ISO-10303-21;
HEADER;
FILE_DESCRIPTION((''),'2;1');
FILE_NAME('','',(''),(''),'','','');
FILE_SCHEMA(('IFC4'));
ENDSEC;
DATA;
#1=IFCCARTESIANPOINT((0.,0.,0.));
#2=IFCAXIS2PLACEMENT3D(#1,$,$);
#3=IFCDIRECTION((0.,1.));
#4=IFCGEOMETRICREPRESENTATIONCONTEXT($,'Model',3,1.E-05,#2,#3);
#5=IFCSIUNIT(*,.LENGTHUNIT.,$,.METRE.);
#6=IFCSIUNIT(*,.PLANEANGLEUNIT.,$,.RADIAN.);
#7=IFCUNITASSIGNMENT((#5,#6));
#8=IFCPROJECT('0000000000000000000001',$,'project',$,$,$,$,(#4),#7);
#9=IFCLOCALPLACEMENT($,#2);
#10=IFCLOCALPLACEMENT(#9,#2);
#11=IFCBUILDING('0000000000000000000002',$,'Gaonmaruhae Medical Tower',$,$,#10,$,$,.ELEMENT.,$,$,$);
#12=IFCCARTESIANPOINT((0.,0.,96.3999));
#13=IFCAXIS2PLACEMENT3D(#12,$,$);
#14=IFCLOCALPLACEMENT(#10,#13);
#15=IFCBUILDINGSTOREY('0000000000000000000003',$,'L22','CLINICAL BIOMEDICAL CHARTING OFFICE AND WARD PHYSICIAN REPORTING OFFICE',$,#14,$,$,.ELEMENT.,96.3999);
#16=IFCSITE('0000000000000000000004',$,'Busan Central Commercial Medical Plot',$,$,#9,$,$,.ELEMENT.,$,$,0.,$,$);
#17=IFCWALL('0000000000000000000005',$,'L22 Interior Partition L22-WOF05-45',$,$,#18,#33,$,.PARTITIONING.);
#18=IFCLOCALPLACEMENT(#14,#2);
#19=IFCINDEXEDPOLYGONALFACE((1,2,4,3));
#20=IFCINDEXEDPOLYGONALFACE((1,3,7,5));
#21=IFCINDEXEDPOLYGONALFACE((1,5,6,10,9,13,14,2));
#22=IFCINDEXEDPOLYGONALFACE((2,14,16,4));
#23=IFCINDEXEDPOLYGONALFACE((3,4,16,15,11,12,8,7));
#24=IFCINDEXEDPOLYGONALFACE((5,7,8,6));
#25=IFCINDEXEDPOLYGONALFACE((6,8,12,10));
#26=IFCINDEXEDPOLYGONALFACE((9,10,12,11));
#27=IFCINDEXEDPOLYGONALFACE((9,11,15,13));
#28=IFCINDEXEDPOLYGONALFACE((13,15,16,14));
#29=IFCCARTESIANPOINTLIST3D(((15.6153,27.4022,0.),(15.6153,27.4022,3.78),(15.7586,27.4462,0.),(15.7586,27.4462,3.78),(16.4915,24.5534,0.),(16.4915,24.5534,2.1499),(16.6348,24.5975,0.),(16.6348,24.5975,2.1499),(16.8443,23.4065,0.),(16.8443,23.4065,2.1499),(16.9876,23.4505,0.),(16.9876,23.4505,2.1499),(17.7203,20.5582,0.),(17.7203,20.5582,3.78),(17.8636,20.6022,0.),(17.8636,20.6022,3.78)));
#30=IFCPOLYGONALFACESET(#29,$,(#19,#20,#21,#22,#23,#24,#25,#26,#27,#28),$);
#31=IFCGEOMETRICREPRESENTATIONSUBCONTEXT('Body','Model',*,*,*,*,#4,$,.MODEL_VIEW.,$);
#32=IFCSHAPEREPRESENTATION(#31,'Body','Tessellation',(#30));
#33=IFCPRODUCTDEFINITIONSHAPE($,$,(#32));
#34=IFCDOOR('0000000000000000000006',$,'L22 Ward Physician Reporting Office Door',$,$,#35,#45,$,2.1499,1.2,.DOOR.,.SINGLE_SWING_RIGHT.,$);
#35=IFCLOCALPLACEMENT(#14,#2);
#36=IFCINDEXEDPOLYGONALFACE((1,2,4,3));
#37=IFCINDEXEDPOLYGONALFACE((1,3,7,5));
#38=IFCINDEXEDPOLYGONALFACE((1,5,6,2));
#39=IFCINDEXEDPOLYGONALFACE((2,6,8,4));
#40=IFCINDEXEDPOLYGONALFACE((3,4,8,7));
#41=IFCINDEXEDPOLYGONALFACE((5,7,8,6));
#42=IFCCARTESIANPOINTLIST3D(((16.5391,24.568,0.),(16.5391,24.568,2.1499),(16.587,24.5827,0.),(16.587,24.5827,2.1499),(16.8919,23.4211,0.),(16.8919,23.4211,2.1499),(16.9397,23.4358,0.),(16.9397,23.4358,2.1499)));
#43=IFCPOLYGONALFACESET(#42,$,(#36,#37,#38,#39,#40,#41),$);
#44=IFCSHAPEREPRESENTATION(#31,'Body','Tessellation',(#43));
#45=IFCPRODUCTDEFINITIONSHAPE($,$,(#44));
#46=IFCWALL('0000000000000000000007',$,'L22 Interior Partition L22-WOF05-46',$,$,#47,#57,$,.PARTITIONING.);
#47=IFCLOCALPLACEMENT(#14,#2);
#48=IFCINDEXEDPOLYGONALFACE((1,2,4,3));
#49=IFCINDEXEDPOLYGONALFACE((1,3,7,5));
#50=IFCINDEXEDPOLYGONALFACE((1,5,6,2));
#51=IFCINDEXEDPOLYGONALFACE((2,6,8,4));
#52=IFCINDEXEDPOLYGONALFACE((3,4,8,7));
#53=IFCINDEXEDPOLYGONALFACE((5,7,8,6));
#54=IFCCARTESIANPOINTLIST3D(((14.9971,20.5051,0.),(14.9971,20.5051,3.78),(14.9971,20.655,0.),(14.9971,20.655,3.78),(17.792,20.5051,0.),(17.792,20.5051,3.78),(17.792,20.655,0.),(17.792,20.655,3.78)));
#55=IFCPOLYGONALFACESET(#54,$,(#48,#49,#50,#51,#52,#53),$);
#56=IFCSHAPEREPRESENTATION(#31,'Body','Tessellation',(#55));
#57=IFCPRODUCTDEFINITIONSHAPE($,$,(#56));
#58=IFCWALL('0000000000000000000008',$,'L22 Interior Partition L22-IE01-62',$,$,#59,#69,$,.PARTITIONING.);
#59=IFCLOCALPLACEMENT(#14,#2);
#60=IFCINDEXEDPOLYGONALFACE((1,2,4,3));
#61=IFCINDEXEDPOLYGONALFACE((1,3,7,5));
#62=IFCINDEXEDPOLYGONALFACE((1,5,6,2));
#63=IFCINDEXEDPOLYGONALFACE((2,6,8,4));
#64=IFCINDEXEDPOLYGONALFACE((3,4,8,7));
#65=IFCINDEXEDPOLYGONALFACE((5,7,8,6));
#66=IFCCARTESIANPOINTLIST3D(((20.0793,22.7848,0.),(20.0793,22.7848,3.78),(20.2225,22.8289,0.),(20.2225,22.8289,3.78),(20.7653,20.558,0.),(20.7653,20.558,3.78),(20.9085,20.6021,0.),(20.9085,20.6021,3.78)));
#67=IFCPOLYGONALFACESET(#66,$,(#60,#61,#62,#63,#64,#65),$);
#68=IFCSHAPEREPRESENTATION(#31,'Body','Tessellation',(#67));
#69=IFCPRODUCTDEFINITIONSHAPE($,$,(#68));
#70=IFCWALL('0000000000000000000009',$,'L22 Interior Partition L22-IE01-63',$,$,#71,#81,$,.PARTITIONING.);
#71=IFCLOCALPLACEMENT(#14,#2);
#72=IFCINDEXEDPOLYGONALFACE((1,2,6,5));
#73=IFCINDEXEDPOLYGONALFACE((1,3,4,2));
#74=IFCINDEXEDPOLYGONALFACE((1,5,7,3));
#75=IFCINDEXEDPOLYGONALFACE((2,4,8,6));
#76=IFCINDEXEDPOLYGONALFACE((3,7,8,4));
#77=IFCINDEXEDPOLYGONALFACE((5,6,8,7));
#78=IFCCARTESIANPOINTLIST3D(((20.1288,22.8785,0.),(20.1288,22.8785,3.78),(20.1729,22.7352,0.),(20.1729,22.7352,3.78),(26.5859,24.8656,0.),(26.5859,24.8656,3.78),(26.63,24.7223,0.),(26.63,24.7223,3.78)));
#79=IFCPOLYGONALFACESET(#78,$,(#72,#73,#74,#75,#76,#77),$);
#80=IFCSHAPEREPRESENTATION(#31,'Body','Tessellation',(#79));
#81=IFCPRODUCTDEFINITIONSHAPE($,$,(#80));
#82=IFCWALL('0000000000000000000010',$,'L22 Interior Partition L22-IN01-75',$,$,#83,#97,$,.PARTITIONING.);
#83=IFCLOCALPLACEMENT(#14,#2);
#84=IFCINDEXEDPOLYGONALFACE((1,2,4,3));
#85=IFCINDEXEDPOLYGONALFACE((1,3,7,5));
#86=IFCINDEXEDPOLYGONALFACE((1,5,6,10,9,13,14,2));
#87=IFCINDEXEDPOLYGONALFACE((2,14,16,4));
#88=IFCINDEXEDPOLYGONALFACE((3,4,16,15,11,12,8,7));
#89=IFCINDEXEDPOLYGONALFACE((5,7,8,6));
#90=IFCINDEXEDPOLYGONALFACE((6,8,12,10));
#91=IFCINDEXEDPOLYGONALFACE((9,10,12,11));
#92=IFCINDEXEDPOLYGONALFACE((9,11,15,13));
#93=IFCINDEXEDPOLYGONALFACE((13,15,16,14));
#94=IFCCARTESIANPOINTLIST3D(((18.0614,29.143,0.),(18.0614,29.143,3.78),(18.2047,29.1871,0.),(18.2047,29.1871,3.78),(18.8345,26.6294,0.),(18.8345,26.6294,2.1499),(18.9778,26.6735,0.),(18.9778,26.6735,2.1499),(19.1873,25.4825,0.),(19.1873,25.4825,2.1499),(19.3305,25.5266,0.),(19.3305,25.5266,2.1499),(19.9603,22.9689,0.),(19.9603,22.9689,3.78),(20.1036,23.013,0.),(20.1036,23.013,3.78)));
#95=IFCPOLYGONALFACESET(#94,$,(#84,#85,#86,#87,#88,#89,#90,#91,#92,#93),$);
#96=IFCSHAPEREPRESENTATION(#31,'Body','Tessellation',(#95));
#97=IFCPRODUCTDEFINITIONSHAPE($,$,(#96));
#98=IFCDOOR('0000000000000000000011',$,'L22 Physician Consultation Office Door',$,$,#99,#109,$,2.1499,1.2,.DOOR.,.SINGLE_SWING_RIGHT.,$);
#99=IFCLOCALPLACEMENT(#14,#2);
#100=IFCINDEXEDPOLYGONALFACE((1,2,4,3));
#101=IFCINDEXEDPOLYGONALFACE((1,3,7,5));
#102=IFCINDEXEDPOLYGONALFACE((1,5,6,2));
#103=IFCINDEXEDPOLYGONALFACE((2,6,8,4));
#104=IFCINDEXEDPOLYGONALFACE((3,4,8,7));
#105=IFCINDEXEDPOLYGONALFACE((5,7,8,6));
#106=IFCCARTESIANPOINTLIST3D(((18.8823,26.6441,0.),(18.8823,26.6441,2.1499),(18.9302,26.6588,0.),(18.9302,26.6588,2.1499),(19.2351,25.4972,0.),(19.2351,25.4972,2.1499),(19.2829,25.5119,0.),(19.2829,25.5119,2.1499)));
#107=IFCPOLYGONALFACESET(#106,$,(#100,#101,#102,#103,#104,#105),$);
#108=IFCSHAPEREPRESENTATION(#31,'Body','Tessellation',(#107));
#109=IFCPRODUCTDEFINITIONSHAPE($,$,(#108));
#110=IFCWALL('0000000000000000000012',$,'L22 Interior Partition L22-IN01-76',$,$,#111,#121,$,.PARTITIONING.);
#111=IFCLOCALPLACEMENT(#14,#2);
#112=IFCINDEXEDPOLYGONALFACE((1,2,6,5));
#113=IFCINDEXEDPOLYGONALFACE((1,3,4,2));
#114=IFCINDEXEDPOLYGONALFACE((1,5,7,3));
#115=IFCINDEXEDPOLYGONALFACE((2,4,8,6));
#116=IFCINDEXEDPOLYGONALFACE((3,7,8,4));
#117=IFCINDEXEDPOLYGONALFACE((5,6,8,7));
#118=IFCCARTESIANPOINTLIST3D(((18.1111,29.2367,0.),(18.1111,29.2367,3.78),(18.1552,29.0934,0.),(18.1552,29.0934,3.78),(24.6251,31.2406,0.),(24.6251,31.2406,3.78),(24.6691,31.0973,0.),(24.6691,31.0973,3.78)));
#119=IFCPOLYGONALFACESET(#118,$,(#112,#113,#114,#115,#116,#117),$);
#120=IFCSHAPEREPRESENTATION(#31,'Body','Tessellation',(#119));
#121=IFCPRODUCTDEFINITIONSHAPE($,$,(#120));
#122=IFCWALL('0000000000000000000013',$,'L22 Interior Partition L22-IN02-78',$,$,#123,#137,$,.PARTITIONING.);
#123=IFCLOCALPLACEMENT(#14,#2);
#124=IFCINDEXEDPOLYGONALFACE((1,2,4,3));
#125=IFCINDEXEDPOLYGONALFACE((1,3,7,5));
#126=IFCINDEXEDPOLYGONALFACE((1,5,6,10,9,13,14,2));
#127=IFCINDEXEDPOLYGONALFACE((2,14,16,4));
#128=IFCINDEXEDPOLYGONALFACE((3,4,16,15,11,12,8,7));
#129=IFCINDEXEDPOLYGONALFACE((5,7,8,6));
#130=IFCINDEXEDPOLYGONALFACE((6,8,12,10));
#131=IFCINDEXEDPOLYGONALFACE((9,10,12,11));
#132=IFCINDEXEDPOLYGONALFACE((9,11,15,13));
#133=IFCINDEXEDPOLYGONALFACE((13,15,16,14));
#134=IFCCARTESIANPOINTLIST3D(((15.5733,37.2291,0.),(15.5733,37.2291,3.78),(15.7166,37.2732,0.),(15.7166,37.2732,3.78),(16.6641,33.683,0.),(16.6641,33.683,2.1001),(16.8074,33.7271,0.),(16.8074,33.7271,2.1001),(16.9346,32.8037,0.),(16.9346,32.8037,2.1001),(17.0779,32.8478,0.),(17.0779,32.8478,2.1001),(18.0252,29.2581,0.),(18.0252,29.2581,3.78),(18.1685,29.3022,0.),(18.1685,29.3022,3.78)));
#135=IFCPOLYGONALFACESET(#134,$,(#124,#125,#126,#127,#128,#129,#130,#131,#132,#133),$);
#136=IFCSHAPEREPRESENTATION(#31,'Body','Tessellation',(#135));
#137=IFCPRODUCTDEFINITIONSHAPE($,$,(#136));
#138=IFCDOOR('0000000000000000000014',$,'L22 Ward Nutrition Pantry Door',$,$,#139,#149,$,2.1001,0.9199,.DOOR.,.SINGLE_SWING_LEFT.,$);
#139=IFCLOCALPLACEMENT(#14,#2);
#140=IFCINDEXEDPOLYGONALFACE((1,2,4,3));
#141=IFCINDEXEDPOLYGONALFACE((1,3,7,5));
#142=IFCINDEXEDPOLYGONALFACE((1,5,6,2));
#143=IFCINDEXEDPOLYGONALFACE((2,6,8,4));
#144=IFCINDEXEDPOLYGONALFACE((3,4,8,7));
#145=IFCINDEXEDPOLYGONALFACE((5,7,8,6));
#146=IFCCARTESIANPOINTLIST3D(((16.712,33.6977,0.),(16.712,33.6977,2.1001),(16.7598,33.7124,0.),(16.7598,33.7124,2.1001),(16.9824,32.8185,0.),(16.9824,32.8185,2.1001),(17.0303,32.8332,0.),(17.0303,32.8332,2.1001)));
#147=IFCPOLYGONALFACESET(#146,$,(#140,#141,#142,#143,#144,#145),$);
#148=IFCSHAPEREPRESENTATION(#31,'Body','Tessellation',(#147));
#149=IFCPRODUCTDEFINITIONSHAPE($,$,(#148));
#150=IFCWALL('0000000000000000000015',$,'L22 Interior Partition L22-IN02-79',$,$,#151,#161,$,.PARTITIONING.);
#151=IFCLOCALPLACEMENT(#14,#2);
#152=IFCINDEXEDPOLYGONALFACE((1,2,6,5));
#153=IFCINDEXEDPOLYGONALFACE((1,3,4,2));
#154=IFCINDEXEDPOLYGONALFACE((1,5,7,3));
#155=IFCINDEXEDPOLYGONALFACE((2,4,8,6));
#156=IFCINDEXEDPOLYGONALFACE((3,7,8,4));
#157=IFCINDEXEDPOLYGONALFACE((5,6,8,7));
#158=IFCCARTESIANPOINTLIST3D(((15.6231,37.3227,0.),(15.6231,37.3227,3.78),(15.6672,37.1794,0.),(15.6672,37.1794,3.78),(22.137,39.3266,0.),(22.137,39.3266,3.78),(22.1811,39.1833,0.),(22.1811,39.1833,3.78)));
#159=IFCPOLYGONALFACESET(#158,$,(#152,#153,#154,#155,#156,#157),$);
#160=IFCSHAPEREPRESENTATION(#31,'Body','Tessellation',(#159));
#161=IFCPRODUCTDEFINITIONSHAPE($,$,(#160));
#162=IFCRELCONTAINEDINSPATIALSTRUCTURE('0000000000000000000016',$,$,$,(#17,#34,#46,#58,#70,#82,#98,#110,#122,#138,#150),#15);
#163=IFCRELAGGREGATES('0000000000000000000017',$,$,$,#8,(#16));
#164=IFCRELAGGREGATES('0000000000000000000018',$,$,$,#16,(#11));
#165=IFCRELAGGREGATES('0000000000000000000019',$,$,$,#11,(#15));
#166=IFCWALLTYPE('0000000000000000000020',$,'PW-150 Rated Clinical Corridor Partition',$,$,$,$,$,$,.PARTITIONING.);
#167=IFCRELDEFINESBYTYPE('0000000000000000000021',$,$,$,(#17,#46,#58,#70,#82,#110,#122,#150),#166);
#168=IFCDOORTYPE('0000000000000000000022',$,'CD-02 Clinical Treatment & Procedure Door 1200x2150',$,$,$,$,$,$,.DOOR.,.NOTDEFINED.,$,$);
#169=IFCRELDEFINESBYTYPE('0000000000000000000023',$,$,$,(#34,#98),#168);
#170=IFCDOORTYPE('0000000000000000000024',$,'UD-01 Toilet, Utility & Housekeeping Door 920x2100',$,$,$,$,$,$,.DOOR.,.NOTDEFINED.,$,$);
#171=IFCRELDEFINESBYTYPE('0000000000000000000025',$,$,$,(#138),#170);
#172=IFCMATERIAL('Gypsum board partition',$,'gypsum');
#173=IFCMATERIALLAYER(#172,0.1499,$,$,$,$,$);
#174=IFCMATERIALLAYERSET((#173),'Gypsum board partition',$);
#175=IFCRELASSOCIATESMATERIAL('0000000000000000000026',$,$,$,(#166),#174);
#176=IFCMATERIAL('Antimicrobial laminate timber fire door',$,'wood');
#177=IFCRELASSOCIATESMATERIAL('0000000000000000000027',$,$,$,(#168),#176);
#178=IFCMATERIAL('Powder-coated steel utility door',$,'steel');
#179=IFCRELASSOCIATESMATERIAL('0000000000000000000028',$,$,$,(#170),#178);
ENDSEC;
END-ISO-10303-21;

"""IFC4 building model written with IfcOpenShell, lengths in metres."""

from ifc_helpers import new_model, si_unit, direction, frame, frame_2d, origin, place, context, subcontext, project, spatial, rectangle, extrude, material, layer, layer_set, type_object, element, fill, save


model = new_model("IFC4")

# Units and contexts
model_context = context("Model", 3, precision=1e-05, world=origin(), true_north=direction((0.0, 1.0)))
body_context = subcontext(model_context, "Body", "Model", "MODEL_VIEW")
ifc_project = project(units=[si_unit("LENGTHUNIT", "METRE"), si_unit("PLANEANGLEUNIT", "RADIAN")], contexts=[model_context])

# Site, building, storey
site_placement = place(None, origin())
site = spatial("IfcSite", under=ifc_project, at=site_placement, Name="Busan Central Commercial Medical Plot", CompositionType="ELEMENT", RefElevation=0.0)
building_placement = place(site_placement, origin())
building = spatial("IfcBuilding", under=site, at=building_placement, Name="Gaonmaruhae Medical Tower", CompositionType="ELEMENT")
storey_placement = place(building_placement, frame((0.0, 0.0, 96.3999)))
storey = spatial("IfcBuildingStorey", under=building, at=storey_placement, Name="L22", Description="CLINICAL BIOMEDICAL CHARTING OFFICE AND WARD PHYSICIAN REPORTING OFFICE", CompositionType="ELEMENT", Elevation=96.3999)

# Shared definitions
ifc_material_1 = material(Name="Gypsum board partition", Category="gypsum")
ifc_layer_1 = layer(ifc_material_1, 0.1499)
ifc_layer_set_1 = layer_set([ifc_layer_1], Name="Gypsum board partition")
wall_type_1 = type_object("IfcWallType", Name="PW-150 Rated Clinical Corridor Partition", PredefinedType="PARTITIONING", material=ifc_layer_set_1)

# Wall, opening, door
wall_1_placement = place(storey_placement, frame((15.687, 27.4241, 0.0), z_axis=(0.0, 0.0, 1.0), x_axis=(0.293976, -0.955813, 0.0)))
wall_1 = element("IfcWall", 1, at=wall_1_placement, inside=storey, type_object=wall_type_1, Name="L22 Interior Partition L22-WOF05-45", PredefinedType="PARTITIONING", context=body_context, shape_type="SweptSolid", body=[
    extrude(rectangle(XDim=7.1604, YDim=0.1499, at=frame_2d((3.5801, 0.0))), origin(), (0.0, 0.0, 1.0), 3.78),
])
opening_1_placement = place(wall_1_placement, frame((2.9802, 0.0, 0.0)))
opening_1 = element("IfcOpeningElement", 2, at=opening_1_placement, cuts=wall_1, PredefinedType="OPENING", context=body_context, shape_type="SweptSolid", body=[
    extrude(rectangle(XDim=1.2, YDim=2.1499, at=frame_2d((0.6001, 1.075))), frame((0.0, 0.085, 0.0), z_axis=(0.0, -1.0, 0.0), x_axis=(1.0, 0.0, 0.0)), (0.0, 0.0, 1.0), 0.1699),
])
ifc_material_2 = material(Name="Antimicrobial laminate timber fire door", Category="wood")
door_type_1 = type_object("IfcDoorType", Name="CD-02 Clinical Treatment & Procedure Door 1200x2150", OperationType="NOTDEFINED", PredefinedType="DOOR", material=ifc_material_2)
door_1_placement = place(opening_1_placement, origin())
door_1 = element("IfcDoor", 3, at=door_1_placement, inside=storey, type_object=door_type_1, Name="L22 Ward Physician Reporting Office Door", OperationType="SINGLE_SWING_RIGHT", OverallHeight=2.1499, OverallWidth=1.2, PredefinedType="DOOR", context=body_context, shape_type="SweptSolid", body=[
    extrude(rectangle(XDim=1.2, YDim=2.1499, at=frame_2d((0.6001, 1.075))), frame((0.0, 0.0249, 0.0), z_axis=(0.0, -1.0, 0.0), x_axis=(1.0, 0.0, 0.0)), (0.0, 0.0, 1.0), 0.05),
])
fill(opening_1, door_1)

# Walls
wall_2_placement = place(storey_placement, frame((17.792, 20.5801, 0.0), z_axis=(0.0, 0.0, 1.0), x_axis=(-1.0, 0.0, 0.0)))
element("IfcWall", 4, at=wall_2_placement, inside=storey, type_object=wall_type_1, Name="L22 Interior Partition L22-WOF05-46", PredefinedType="PARTITIONING", context=body_context, shape_type="SweptSolid", body=[
    extrude(rectangle(XDim=2.7949, YDim=0.1499, at=frame_2d((1.3975, 0.0))), origin(), (0.0, 0.0, 1.0), 3.78),
])
wall_3_placement = place(storey_placement, frame((20.8369, 20.5801, 0.0), z_axis=(0.0, 0.0, 1.0), x_axis=(-0.294425, 0.955675, 0.0)))
element("IfcWall", 5, at=wall_3_placement, inside=storey, type_object=wall_type_1, Name="L22 Interior Partition L22-IE01-62", PredefinedType="PARTITIONING", context=body_context, shape_type="SweptSolid", body=[
    extrude(rectangle(XDim=2.3301, YDim=0.1499, at=frame_2d((1.165, 0.0))), origin(), (0.0, 0.0, 1.0), 3.78),
])
wall_4_placement = place(storey_placement, frame((20.1509, 22.8069, 0.0), z_axis=(0.0, 0.0, 1.0), x_axis=(0.955767, 0.294124, 0.0)))
element("IfcWall", 6, at=wall_4_placement, inside=storey, type_object=wall_type_1, Name="L22 Interior Partition L22-IE01-63", PredefinedType="PARTITIONING", context=body_context, shape_type="SweptSolid", body=[
    extrude(rectangle(XDim=6.7559, YDim=0.1499, at=frame_2d((3.3779, 0.0))), origin(), (0.0, 0.0, 1.0), 3.78),
])

# Wall, opening, door
wall_5_placement = place(storey_placement, frame((20.032, 22.991, 0.0), z_axis=(0.0, 0.0, 1.0), x_axis=(-0.293974, 0.955813, 0.0)))
wall_5 = element("IfcWall", 7, at=wall_5_placement, inside=storey, type_object=wall_type_1, Name="L22 Interior Partition L22-IN01-75", PredefinedType="PARTITIONING", context=body_context, shape_type="SweptSolid", body=[
    extrude(rectangle(XDim=6.4595, YDim=0.1499, at=frame_2d((3.2297, 0.0))), origin(), (0.0, 0.0, 1.0), 3.78),
])
opening_2_placement = place(wall_5_placement, frame((2.6296, 0.0, 0.0)))
opening_2 = element("IfcOpeningElement", 8, at=opening_2_placement, cuts=wall_5, PredefinedType="OPENING", context=body_context, shape_type="SweptSolid", body=[
    extrude(rectangle(XDim=1.2, YDim=2.1499, at=frame_2d((0.6001, 1.075))), frame((0.0, 0.085, 0.0), z_axis=(0.0, -1.0, 0.0), x_axis=(1.0, 0.0, 0.0)), (0.0, 0.0, 1.0), 0.1699),
])
door_2_placement = place(opening_2_placement, origin())
door_2 = element("IfcDoor", 9, at=door_2_placement, inside=storey, type_object=door_type_1, Name="L22 Physician Consultation Office Door", OperationType="SINGLE_SWING_RIGHT", OverallHeight=2.1499, OverallWidth=1.2, PredefinedType="DOOR", context=body_context, shape_type="SweptSolid", body=[
    extrude(rectangle(XDim=1.2, YDim=2.1499, at=frame_2d((0.6001, 1.075))), frame((0.0, 0.0249, 0.0), z_axis=(0.0, -1.0, 0.0), x_axis=(1.0, 0.0, 0.0)), (0.0, 0.0, 1.0), 0.05),
])
fill(opening_2, door_2)

# Wall
wall_6_placement = place(storey_placement, frame((18.1331, 29.165, 0.0), z_axis=(0.0, 0.0, 1.0), x_axis=(0.955794, 0.294036, 0.0)))
element("IfcWall", 10, at=wall_6_placement, inside=storey, type_object=wall_type_1, Name="L22 Interior Partition L22-IN01-76", PredefinedType="PARTITIONING", context=body_context, shape_type="SweptSolid", body=[
    extrude(rectangle(XDim=6.8152, YDim=0.1499, at=frame_2d((3.4077, 0.0))), origin(), (0.0, 0.0, 1.0), 3.78),
])

# Wall, opening, door
wall_7_placement = place(storey_placement, frame((18.0969, 29.28, 0.0), z_axis=(0.0, 0.0, 1.0), x_axis=(-0.29401, 0.955802, 0.0)))
wall_7 = element("IfcWall", 11, at=wall_7_placement, inside=storey, type_object=wall_type_1, Name="L22 Interior Partition L22-IN02-78", PredefinedType="PARTITIONING", context=body_context, shape_type="SweptSolid", body=[
    extrude(rectangle(XDim=8.3396, YDim=0.1499, at=frame_2d((4.1699, 0.0))), origin(), (0.0, 0.0, 1.0), 3.78),
])
opening_3_placement = place(wall_7_placement, frame((3.7097, 0.0, 0.0)))
opening_3 = element("IfcOpeningElement", 12, at=opening_3_placement, cuts=wall_7, PredefinedType="OPENING", context=body_context, shape_type="SweptSolid", body=[
    extrude(rectangle(XDim=0.9199, YDim=2.1001, at=frame_2d((0.46, 1.05))), frame((0.0, 0.085, 0.0), z_axis=(0.0, -1.0, 0.0), x_axis=(1.0, 0.0, 0.0)), (0.0, 0.0, 1.0), 0.1699),
])
ifc_material_3 = material(Name="Powder-coated steel utility door", Category="steel")
door_type_2 = type_object("IfcDoorType", Name="UD-01 Toilet, Utility & Housekeeping Door 920x2100", OperationType="NOTDEFINED", PredefinedType="DOOR", material=ifc_material_3)
door_3_placement = place(opening_3_placement, origin())
door_3 = element("IfcDoor", 13, at=door_3_placement, inside=storey, type_object=door_type_2, Name="L22 Ward Nutrition Pantry Door", OperationType="SINGLE_SWING_LEFT", OverallHeight=2.1001, OverallWidth=0.9199, PredefinedType="DOOR", context=body_context, shape_type="SweptSolid", body=[
    extrude(rectangle(XDim=0.9199, YDim=2.1001, at=frame_2d((0.46, 1.05))), frame((0.0, 0.0249, 0.0), z_axis=(0.0, -1.0, 0.0), x_axis=(1.0, 0.0, 0.0)), (0.0, 0.0, 1.0), 0.05),
])
fill(opening_3, door_3)

# Wall
wall_8_placement = place(storey_placement, frame((15.645, 37.251, 0.0), z_axis=(0.0, 0.0, 1.0), x_axis=(0.955794, 0.294036, 0.0)))
element("IfcWall", 14, at=wall_8_placement, inside=storey, type_object=wall_type_1, Name="L22 Interior Partition L22-IN02-79", PredefinedType="PARTITIONING", context=body_context, shape_type="SweptSolid", body=[
    extrude(rectangle(XDim=6.8152, YDim=0.1499, at=frame_2d((3.4077, 0.0))), origin(), (0.0, 0.0, 1.0), 3.78),
])

save(model, "model.ifc")
